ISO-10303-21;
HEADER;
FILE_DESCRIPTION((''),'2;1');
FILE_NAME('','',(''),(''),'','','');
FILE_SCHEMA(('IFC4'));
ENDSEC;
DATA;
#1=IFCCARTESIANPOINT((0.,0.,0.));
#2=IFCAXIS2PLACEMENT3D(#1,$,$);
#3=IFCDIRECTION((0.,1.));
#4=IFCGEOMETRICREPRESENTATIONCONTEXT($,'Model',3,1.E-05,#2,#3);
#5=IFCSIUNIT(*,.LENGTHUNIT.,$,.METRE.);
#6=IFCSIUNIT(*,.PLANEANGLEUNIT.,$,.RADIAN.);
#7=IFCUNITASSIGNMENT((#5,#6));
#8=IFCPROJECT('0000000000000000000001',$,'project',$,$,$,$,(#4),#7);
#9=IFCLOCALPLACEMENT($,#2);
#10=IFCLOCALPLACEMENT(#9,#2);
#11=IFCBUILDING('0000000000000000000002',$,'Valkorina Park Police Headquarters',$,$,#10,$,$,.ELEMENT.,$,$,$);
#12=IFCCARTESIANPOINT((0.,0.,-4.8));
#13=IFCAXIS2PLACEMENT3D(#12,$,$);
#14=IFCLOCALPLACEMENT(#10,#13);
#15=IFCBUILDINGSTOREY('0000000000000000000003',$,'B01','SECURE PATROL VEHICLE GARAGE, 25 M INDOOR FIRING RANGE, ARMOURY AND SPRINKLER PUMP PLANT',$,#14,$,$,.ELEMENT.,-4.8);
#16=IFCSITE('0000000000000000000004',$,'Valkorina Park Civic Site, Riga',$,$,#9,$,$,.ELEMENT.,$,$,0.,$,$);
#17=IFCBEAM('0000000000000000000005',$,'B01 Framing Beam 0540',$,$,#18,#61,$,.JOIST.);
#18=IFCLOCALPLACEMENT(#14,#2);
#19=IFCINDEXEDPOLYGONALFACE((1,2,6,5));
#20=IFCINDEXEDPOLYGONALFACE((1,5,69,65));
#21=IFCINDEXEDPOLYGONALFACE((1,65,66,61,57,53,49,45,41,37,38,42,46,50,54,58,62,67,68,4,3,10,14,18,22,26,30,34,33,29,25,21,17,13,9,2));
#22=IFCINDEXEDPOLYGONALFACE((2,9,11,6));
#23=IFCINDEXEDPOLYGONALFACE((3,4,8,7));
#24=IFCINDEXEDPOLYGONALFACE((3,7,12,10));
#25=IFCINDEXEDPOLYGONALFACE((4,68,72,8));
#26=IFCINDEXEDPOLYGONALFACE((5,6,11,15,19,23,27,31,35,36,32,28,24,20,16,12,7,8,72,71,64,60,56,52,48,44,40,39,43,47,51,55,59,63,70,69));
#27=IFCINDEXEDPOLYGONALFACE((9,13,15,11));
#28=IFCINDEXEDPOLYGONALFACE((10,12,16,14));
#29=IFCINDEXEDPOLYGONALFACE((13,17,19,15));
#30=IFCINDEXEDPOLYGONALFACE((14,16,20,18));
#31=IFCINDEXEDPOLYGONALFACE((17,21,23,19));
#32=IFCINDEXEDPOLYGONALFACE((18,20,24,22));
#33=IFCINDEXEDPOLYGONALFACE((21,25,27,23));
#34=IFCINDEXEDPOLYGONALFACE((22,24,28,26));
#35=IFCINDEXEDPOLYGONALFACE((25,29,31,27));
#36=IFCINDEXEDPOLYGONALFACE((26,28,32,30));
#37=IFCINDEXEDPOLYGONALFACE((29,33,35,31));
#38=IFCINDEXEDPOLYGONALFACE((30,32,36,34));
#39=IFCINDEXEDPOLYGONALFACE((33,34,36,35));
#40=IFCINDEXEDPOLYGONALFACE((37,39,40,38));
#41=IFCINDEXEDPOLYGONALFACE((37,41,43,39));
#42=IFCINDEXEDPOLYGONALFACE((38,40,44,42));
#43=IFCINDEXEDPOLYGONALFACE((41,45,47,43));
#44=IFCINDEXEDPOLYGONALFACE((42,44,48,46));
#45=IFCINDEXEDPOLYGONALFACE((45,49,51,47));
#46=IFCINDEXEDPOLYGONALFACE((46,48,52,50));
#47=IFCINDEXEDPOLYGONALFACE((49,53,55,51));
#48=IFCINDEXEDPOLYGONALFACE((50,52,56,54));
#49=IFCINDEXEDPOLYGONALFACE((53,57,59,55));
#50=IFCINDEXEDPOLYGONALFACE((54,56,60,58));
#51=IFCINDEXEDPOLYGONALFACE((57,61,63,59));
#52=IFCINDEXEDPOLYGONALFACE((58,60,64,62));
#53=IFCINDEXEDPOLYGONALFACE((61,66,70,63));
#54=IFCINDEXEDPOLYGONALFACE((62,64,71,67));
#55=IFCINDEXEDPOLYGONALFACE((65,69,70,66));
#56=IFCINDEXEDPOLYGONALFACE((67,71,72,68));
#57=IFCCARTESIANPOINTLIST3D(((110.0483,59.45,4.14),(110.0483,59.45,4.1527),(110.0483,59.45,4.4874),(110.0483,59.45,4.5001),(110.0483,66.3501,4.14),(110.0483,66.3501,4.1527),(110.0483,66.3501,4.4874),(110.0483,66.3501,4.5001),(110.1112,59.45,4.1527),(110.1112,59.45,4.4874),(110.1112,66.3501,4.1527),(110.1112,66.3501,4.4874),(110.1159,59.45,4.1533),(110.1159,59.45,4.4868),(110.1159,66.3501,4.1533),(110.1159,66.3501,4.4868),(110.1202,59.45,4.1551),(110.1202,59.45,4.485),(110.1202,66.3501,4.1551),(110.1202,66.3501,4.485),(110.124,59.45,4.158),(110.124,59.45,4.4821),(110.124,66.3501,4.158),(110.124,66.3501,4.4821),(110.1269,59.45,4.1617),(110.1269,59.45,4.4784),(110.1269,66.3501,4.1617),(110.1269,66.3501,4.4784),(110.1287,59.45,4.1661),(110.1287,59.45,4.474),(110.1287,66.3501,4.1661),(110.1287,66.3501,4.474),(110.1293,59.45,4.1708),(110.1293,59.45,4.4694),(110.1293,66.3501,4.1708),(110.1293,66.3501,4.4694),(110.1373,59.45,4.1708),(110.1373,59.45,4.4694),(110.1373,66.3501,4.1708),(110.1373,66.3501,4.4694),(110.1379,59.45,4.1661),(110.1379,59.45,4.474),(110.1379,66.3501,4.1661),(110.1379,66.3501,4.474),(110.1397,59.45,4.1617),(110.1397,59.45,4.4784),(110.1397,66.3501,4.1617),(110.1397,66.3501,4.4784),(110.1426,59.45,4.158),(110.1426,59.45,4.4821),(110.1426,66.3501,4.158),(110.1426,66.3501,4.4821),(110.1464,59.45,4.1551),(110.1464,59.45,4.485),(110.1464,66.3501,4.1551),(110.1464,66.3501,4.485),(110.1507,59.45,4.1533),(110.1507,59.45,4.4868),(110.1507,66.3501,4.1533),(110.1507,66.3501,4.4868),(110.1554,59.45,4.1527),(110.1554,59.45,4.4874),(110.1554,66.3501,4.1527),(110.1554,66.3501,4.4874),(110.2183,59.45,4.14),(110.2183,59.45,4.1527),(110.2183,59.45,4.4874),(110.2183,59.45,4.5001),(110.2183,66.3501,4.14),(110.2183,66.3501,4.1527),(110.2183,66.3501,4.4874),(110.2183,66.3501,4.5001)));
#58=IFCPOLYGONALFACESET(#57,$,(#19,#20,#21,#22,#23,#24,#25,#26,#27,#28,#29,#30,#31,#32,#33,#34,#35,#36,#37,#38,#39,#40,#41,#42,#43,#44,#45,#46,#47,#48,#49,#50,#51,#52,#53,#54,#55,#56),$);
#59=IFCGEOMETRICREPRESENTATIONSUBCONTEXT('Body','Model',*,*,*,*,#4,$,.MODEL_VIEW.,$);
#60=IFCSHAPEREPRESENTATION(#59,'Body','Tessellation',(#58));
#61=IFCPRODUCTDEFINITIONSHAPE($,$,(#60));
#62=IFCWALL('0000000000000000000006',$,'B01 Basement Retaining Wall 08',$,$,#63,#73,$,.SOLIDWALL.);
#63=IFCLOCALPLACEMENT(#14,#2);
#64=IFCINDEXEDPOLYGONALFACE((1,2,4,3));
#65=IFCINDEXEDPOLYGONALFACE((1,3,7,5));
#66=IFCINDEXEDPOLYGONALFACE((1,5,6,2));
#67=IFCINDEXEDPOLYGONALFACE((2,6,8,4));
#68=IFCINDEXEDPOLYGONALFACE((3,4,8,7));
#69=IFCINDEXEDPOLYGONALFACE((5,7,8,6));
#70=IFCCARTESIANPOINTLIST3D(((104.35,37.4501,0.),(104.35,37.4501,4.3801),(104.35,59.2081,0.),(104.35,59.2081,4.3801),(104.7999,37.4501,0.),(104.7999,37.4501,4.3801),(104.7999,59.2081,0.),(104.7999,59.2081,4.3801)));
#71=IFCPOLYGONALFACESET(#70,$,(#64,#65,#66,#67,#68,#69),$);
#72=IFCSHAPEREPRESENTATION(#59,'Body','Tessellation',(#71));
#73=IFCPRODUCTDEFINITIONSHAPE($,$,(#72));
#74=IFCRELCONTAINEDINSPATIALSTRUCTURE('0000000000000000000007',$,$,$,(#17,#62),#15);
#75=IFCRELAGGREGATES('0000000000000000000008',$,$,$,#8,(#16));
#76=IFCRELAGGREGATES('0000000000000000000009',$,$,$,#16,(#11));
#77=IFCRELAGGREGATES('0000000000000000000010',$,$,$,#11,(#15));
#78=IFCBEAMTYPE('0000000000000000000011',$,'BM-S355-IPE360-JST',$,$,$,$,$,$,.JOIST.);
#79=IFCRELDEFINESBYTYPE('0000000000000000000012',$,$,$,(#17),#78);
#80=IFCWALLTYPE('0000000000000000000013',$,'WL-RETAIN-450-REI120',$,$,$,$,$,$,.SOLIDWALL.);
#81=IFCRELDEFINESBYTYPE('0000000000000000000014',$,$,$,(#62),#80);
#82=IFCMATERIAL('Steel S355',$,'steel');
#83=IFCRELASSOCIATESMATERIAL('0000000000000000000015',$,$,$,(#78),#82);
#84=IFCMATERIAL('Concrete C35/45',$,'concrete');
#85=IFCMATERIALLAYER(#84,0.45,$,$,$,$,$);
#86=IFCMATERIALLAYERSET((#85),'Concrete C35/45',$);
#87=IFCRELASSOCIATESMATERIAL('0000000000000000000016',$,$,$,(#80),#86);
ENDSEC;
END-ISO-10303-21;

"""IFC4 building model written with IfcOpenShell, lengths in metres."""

from ifc_helpers import new_model, si_unit, direction, frame, frame_2d, origin, origin_2d, place, context, subcontext, project, spatial, rectangle, i_section, extrude, material, layer, layer_set, material_profile, profile_set, type_object, element, save


model = new_model("IFC4")

# Units and contexts
model_context = context("Model", 3, precision=1e-05, world=origin(), true_north=direction((0.0, 1.0)))
body_context = subcontext(model_context, "Body", "Model", "MODEL_VIEW")
ifc_project = project(units=[si_unit("LENGTHUNIT", "METRE"), si_unit("PLANEANGLEUNIT", "RADIAN")], contexts=[model_context])

# Site, building, storey
site_placement = place(None, origin())
site = spatial("IfcSite", under=ifc_project, at=site_placement, Name="Valkorina Park Civic Site, Riga", CompositionType="ELEMENT", RefElevation=0.0)
building_placement = place(site_placement, origin())
building = spatial("IfcBuilding", under=site, at=building_placement, Name="Valkorina Park Police Headquarters", CompositionType="ELEMENT")
storey_placement = place(building_placement, frame((0.0, 0.0, -4.8)))
storey = spatial("IfcBuildingStorey", under=building, at=storey_placement, Name="B01", Description="SECURE PATROL VEHICLE GARAGE, 25 M INDOOR FIRING RANGE, ARMOURY AND SPRINKLER PUMP PLANT", CompositionType="ELEMENT", Elevation=-4.8)

# Shared definitions
ifc_material_1 = material(Name="Concrete C35/45", Category="concrete")

# Beam
ifc_material_2 = material(Name="Steel S355", Category="steel")
ifc_material_profile_1 = material_profile(ifc_material_2, i_section(OverallWidth=0.1699, OverallDepth=0.3601, WebThickness=0.0081, FlangeThickness=0.0127, FilletRadius=0.0181, at=origin_2d()), Name="IPE 360")
ifc_profile_set_1 = profile_set([ifc_material_profile_1], Name="Steel S355")
beam_type_1 = type_object("IfcBeamType", Name="BM-S355-IPE360-JST", PredefinedType="JOIST", material=ifc_profile_set_1)
for number, where, z_axis, x_axis, name in (
    (1, (110.1333, 59.45, 4.3201), (0.0, 1.0, 0.0), (-1.0, 0.0, 0.0), "B01 Framing Beam 0540"),
):
    element("IfcBeam", number, at=place(storey_placement, frame(where, z_axis=z_axis, x_axis=x_axis)), inside=storey, type_object=beam_type_1, Name=name, PredefinedType="JOIST", context=body_context, shape_type="SweptSolid", body=[
        extrude(i_section(OverallWidth=0.1699, OverallDepth=0.3601, WebThickness=0.0081, FlangeThickness=0.0127, FilletRadius=0.0181, at=origin_2d()), origin(), (0.0, 0.0, 1.0), 6.9001),
    ])

# Wall
ifc_layer = layer(ifc_material_1, 0.45)
ifc_layer_set = layer_set([ifc_layer], Name="Concrete C35/45")
wall_type = type_object("IfcWallType", Name="WL-RETAIN-450-REI120", PredefinedType="SOLIDWALL", material=ifc_layer_set)
wall_placement = place(storey_placement, frame((104.575, 59.208, 0.0), z_axis=(0.0, 0.0, 1.0), x_axis=(0.0, -1.0, 0.0)))
element("IfcWall", 2, at=wall_placement, inside=storey, type_object=wall_type, Name="B01 Basement Retaining Wall 08", PredefinedType="SOLIDWALL", context=body_context, shape_type="SweptSolid", body=[
    extrude(rectangle(XDim=21.7581, YDim=0.45, at=frame_2d((10.8789, 0.0))), origin(), (0.0, 0.0, 1.0), 4.3801),
])

save(model, "model.ifc")
